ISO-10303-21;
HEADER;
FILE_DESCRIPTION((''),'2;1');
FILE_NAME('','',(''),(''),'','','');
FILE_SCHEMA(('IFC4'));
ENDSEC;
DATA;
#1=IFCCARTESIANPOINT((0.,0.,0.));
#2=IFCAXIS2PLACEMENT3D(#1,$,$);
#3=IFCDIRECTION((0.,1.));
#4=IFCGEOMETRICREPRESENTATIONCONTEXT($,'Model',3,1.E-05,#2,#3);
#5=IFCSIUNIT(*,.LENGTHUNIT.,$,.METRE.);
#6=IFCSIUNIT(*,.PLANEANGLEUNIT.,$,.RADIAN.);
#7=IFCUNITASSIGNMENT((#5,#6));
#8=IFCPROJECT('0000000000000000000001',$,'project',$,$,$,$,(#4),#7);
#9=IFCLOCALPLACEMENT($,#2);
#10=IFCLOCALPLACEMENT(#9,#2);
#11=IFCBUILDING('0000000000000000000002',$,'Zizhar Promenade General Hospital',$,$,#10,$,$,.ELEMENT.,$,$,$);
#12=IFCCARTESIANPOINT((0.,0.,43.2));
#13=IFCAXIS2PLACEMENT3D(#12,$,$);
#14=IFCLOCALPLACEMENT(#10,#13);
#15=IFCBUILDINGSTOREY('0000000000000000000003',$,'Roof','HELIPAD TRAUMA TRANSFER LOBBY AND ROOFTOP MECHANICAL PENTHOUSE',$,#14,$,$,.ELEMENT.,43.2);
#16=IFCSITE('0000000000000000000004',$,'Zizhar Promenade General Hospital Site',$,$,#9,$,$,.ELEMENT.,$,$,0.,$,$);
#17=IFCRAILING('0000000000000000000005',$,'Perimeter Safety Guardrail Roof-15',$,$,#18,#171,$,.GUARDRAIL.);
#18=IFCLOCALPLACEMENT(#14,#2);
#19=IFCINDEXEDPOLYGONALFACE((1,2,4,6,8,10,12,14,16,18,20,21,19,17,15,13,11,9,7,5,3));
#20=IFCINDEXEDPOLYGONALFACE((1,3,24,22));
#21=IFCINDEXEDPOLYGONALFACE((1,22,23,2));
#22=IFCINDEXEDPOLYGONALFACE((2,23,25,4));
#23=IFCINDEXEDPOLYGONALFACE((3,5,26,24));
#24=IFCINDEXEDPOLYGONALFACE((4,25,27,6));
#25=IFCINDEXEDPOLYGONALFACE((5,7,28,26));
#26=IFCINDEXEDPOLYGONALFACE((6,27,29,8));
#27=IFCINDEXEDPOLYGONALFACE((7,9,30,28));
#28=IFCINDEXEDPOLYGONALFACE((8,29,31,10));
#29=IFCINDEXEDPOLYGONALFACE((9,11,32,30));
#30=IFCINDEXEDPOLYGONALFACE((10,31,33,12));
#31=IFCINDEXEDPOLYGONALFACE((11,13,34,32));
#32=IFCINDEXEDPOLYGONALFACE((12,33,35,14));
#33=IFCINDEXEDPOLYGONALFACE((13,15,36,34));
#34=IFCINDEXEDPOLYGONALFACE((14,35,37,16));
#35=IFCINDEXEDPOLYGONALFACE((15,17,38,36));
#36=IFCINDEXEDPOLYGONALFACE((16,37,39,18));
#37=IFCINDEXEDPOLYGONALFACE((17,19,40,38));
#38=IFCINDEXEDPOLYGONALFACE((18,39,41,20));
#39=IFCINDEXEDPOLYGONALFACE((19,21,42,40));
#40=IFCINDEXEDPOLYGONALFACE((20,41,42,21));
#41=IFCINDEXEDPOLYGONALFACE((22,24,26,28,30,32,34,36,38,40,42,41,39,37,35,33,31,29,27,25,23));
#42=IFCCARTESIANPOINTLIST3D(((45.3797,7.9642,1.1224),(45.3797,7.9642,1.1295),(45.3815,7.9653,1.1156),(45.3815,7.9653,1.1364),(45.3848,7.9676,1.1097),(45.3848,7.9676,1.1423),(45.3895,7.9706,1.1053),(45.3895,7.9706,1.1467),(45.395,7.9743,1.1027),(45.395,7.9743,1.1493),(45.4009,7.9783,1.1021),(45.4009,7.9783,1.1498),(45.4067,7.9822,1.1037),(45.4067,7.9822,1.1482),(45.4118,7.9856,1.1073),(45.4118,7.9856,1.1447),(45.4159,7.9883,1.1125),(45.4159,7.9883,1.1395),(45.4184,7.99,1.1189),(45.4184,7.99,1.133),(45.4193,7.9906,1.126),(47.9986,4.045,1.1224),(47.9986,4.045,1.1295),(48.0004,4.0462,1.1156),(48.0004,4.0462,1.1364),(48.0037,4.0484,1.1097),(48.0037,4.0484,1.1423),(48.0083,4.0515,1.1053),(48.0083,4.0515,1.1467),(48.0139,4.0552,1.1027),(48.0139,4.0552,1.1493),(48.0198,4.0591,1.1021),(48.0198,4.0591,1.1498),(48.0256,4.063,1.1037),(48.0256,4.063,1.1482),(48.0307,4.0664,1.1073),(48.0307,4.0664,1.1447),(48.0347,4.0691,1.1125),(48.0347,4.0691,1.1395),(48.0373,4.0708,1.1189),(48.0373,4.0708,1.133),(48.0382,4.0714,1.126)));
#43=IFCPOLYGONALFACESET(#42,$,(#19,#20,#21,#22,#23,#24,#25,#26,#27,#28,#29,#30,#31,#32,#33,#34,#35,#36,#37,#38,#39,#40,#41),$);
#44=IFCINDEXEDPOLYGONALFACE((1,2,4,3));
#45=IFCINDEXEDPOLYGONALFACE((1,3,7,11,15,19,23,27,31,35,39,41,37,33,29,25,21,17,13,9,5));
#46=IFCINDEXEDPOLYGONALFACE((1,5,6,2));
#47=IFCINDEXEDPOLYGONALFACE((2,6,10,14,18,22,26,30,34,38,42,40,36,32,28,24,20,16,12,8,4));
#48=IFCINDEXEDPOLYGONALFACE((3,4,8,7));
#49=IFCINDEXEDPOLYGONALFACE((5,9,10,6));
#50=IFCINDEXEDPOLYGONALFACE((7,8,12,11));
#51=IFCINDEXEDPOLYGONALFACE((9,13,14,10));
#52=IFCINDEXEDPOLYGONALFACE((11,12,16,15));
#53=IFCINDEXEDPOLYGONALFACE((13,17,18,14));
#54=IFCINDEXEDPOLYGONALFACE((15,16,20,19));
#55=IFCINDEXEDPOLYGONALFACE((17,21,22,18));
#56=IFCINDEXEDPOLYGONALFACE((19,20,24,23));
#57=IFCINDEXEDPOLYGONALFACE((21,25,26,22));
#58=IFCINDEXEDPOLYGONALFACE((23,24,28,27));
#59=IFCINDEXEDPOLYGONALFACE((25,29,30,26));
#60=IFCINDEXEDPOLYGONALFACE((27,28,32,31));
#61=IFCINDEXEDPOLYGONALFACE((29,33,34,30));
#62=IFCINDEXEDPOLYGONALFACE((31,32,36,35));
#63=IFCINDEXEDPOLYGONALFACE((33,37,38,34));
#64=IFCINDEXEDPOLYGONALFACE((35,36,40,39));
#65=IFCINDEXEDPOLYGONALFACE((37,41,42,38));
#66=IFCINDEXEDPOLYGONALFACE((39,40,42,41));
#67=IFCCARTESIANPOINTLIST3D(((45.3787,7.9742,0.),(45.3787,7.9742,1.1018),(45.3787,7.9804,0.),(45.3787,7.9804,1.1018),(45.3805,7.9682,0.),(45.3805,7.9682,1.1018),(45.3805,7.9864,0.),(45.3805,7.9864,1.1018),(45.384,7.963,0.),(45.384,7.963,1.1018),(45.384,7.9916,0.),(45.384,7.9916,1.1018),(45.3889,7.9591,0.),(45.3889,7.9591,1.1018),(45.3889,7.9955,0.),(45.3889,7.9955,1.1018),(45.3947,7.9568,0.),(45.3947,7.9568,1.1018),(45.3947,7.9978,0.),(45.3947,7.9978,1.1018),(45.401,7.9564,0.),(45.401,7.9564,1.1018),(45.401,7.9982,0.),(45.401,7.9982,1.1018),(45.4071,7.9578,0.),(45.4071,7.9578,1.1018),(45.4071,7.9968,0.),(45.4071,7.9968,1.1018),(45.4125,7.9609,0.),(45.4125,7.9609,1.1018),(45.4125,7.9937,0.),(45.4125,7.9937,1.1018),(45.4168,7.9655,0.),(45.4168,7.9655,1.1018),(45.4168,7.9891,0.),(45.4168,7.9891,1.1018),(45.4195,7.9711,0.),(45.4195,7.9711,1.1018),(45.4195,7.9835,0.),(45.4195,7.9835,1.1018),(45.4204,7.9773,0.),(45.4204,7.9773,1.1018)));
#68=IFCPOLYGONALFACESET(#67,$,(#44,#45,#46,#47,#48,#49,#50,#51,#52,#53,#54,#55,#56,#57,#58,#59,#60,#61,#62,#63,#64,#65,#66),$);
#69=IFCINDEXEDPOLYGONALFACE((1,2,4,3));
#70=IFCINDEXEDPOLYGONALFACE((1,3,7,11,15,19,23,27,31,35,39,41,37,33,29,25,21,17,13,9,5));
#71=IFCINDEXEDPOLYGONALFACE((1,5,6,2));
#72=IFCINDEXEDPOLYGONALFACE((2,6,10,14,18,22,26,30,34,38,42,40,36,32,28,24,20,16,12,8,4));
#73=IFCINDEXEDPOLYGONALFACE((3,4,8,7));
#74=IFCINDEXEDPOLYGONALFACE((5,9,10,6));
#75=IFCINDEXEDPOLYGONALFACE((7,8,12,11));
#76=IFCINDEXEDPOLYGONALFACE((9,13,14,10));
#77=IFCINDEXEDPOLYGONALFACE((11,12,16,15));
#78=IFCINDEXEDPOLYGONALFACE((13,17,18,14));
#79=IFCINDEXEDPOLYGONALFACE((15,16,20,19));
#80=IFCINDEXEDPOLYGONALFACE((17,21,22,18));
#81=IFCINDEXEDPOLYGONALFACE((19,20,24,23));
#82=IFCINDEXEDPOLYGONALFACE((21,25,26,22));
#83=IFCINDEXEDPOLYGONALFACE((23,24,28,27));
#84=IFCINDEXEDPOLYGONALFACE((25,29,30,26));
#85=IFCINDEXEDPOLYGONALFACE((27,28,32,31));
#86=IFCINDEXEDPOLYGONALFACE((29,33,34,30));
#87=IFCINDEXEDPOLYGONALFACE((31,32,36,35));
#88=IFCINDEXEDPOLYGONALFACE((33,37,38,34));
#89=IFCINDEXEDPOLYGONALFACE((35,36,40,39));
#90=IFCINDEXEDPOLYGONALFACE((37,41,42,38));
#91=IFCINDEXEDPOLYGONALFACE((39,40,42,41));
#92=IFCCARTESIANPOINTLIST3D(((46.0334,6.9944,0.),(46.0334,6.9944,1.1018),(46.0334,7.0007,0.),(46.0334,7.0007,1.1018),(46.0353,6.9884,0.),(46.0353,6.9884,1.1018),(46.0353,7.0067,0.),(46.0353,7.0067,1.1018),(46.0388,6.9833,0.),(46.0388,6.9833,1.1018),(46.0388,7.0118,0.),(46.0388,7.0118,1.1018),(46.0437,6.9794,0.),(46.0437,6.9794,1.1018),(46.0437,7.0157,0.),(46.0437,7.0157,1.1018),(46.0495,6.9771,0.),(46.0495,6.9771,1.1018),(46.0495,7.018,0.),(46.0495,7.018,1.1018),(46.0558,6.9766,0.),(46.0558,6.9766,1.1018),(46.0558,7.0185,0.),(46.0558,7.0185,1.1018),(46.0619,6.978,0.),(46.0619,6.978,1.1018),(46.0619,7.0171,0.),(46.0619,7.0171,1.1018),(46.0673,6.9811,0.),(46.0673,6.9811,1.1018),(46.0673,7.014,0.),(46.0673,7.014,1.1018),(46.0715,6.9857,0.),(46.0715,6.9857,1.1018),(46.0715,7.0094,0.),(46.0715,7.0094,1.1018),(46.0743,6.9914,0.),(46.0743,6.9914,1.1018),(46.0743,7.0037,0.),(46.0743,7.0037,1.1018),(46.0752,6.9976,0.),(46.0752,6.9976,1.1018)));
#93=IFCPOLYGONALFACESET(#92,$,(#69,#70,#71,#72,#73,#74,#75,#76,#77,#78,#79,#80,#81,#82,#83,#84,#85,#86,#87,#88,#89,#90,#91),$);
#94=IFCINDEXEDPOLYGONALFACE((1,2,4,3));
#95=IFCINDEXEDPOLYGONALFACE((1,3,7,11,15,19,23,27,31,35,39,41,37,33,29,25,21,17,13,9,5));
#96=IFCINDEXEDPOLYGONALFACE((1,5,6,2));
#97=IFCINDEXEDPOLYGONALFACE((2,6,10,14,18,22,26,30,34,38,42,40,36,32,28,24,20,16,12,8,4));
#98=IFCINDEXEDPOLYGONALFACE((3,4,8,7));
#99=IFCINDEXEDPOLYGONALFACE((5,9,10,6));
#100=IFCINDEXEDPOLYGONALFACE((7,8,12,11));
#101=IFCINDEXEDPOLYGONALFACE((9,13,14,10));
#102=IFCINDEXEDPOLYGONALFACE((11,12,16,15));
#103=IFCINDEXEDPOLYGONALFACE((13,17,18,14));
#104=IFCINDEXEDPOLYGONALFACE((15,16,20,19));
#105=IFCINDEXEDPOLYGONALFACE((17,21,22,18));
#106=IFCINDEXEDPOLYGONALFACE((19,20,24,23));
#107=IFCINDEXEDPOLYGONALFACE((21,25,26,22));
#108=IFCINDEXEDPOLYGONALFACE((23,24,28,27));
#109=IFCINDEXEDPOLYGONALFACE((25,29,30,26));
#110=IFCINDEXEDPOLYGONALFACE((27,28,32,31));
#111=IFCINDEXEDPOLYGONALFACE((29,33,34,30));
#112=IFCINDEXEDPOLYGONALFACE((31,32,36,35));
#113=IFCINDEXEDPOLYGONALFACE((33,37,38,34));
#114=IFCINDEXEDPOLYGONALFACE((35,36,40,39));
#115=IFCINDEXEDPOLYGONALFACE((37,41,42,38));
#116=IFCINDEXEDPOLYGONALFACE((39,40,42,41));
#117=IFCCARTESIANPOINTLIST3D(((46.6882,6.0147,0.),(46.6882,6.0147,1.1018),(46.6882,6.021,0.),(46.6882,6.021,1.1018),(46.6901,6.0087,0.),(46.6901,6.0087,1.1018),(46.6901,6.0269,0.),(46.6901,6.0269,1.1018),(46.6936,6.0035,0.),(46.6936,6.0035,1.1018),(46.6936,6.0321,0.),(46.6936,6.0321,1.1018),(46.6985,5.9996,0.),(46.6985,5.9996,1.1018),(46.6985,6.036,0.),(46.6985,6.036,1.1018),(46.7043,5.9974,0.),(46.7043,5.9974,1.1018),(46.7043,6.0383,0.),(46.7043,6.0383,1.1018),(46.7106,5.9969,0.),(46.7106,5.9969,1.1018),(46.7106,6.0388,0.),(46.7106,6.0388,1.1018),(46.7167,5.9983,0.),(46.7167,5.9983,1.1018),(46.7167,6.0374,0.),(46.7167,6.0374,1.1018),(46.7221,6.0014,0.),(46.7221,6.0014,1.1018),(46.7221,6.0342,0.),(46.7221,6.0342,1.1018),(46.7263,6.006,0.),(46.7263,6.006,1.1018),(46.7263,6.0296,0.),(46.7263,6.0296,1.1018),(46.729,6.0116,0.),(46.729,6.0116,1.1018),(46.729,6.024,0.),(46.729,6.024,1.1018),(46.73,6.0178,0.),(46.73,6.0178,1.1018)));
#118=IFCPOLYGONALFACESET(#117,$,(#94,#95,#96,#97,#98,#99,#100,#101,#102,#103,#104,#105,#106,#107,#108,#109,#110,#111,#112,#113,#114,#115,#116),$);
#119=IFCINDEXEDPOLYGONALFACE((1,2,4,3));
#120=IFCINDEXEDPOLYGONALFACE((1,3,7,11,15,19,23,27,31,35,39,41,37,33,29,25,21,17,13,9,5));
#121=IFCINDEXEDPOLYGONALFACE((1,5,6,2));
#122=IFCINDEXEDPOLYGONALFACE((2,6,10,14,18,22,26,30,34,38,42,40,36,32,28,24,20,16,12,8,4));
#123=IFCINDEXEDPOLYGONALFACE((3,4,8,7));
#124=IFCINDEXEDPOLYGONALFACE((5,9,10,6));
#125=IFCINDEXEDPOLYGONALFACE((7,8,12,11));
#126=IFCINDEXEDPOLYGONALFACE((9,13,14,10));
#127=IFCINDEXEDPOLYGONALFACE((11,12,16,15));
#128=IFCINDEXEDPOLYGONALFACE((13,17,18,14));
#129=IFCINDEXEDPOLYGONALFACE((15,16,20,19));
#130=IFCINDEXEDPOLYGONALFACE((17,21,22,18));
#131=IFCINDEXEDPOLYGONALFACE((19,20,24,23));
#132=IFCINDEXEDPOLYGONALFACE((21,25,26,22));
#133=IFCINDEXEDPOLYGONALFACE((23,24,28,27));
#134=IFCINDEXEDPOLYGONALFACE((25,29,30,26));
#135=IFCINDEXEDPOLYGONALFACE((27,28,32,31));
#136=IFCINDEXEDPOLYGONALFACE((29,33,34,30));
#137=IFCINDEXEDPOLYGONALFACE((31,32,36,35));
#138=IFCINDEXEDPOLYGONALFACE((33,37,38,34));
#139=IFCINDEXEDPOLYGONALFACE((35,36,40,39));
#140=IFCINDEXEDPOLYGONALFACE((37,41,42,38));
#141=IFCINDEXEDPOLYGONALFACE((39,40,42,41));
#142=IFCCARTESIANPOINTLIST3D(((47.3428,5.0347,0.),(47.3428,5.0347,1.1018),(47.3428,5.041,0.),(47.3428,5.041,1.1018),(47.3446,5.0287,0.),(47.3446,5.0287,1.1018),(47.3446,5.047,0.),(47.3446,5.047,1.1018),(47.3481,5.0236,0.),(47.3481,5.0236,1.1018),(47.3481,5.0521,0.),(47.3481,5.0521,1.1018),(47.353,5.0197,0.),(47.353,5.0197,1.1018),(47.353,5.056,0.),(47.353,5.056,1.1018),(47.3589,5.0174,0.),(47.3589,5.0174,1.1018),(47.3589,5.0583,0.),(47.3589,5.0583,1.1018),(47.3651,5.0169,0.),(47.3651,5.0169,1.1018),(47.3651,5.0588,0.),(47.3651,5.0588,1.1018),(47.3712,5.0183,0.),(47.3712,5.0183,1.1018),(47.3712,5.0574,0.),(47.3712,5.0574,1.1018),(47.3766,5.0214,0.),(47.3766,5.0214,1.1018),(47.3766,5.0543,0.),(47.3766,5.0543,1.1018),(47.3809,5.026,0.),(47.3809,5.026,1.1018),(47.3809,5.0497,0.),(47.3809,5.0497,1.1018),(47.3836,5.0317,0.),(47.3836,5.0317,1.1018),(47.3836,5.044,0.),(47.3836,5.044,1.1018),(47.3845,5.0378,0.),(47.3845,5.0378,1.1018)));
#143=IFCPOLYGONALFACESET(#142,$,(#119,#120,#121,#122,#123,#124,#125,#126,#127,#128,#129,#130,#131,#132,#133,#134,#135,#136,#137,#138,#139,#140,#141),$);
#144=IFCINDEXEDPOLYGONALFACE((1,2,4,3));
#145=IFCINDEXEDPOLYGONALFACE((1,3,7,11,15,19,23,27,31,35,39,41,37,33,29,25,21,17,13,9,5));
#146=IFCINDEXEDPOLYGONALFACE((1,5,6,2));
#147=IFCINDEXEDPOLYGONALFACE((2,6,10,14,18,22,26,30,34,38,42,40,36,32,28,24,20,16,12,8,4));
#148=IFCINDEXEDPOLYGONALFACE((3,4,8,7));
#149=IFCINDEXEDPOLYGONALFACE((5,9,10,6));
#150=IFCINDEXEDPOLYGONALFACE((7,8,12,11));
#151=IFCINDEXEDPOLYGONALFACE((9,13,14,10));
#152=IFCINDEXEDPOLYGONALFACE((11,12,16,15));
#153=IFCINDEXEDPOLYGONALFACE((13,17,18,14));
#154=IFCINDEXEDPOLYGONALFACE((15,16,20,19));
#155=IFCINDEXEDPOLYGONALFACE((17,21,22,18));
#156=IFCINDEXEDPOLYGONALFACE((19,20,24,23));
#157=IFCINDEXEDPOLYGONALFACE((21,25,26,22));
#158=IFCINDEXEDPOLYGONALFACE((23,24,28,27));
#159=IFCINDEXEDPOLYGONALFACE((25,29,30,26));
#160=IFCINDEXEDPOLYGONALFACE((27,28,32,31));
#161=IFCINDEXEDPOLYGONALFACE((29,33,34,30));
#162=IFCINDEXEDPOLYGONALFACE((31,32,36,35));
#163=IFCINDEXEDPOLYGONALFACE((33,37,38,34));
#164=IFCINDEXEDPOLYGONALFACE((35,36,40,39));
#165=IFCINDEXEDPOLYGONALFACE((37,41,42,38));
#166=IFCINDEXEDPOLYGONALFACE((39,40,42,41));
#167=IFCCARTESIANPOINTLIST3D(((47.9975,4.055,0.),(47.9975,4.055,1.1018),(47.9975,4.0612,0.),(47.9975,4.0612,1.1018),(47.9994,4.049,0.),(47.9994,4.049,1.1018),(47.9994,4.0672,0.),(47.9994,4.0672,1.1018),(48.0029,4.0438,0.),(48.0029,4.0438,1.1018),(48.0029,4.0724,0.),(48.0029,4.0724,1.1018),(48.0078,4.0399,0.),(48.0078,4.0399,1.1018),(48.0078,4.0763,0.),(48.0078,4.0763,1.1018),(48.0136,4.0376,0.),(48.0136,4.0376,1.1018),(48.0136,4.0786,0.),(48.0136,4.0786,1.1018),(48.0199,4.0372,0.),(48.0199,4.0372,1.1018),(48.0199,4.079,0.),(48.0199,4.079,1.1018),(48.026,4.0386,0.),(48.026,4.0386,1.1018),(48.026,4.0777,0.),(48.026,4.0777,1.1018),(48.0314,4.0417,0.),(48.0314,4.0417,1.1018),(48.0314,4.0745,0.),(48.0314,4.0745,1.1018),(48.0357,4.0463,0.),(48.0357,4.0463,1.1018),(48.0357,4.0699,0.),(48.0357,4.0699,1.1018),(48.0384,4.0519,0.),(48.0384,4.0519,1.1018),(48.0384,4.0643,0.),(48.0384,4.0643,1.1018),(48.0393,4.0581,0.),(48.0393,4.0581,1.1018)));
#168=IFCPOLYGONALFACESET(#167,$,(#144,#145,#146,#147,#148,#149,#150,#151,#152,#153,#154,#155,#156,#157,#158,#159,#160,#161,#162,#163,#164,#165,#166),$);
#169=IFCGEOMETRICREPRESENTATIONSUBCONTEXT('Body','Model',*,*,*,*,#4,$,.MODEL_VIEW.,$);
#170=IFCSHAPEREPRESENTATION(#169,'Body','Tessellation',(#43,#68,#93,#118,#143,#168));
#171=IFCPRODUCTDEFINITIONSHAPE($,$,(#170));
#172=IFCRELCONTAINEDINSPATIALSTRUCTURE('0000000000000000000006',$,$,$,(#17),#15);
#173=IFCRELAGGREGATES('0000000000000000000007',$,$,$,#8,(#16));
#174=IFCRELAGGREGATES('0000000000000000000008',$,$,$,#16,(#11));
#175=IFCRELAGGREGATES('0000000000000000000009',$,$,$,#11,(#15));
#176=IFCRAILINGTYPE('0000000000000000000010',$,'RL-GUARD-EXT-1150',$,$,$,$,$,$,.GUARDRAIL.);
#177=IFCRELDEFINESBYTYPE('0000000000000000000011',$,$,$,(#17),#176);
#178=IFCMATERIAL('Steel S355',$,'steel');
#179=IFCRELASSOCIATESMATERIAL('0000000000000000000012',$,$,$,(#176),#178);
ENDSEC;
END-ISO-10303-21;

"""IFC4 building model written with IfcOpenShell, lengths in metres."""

from ifc_helpers import new_model, si_unit, direction, frame, origin, origin_2d, place, context, subcontext, project, spatial, hollow_rectangle, circle, extrude, material, material_profile, profile_set, type_object, element, save


model = new_model("IFC4")

# Units and contexts
model_context = context("Model", 3, precision=1e-05, world=origin(), true_north=direction((0.0, 1.0)))
body_context = subcontext(model_context, "Body", "Model", "MODEL_VIEW")
ifc_project = project(units=[si_unit("LENGTHUNIT", "METRE"), si_unit("PLANEANGLEUNIT", "RADIAN")], contexts=[model_context])

# Site, building, storey
site_placement = place(None, origin())
site = spatial("IfcSite", under=ifc_project, at=site_placement, Name="Zizhar Promenade General Hospital Site", CompositionType="ELEMENT", RefElevation=0.0)
building_placement = place(site_placement, origin())
building = spatial("IfcBuilding", under=site, at=building_placement, Name="Zizhar Promenade General Hospital", CompositionType="ELEMENT")
storey_placement = place(building_placement, frame((0.0, 0.0, 43.2)))
storey = spatial("IfcBuildingStorey", under=building, at=storey_placement, Name="Roof", Description="HELIPAD TRAUMA TRANSFER LOBBY AND ROOFTOP MECHANICAL PENTHOUSE", CompositionType="ELEMENT", Elevation=43.2)

# Railing
ifc_material_1 = material(Name="Steel S355", Category="steel")
ifc_material_profile_1 = material_profile(ifc_material_1, hollow_rectangle(XDim=0.0601, YDim=0.1201, WallThickness=0.0039, at=origin_2d()))
ifc_profile_set_1 = profile_set([ifc_material_profile_1], Name="Steel S355")
railing_type = type_object("IfcRailingType", Name="RL-GUARD-EXT-1150", PredefinedType="GUARDRAIL", material=ifc_profile_set_1)
railing_1_placement = place(storey_placement, frame((45.3994, 7.9773, 0.0)))
element("IfcRailing", 1, at=railing_1_placement, inside=storey, type_object=railing_type, Name="Perimeter Safety Guardrail Roof-15", PredefinedType="GUARDRAIL", context=body_context, shape_type="SweptSolid", body=[
    extrude(circle(Radius=0.0239, at=origin_2d()), frame((0.0, 0.0, 1.126), z_axis=(0.555596, -0.831452, 0.0), x_axis=(0.831452, 0.555596, 0.0)), (0.0, 0.0, 1.0), 4.7136),
    extrude(circle(Radius=0.021, at=origin_2d()), origin(), (0.0, 0.0, 1.0), 1.1018),
    extrude(circle(Radius=0.021, at=origin_2d()), frame((0.6548, -0.9797, 0.0)), (0.0, 0.0, 1.0), 1.1018),
    extrude(circle(Radius=0.021, at=origin_2d()), frame((1.3096, -1.9595, 0.0)), (0.0, 0.0, 1.0), 1.1018),
    extrude(circle(Radius=0.021, at=origin_2d()), frame((1.9641, -2.9395, 0.0)), (0.0, 0.0, 1.0), 1.1018),
    extrude(circle(Radius=0.021, at=origin_2d()), frame((2.6189, -3.9192, 0.0)), (0.0, 0.0, 1.0), 1.1018),
])

save(model, "model.ifc")
